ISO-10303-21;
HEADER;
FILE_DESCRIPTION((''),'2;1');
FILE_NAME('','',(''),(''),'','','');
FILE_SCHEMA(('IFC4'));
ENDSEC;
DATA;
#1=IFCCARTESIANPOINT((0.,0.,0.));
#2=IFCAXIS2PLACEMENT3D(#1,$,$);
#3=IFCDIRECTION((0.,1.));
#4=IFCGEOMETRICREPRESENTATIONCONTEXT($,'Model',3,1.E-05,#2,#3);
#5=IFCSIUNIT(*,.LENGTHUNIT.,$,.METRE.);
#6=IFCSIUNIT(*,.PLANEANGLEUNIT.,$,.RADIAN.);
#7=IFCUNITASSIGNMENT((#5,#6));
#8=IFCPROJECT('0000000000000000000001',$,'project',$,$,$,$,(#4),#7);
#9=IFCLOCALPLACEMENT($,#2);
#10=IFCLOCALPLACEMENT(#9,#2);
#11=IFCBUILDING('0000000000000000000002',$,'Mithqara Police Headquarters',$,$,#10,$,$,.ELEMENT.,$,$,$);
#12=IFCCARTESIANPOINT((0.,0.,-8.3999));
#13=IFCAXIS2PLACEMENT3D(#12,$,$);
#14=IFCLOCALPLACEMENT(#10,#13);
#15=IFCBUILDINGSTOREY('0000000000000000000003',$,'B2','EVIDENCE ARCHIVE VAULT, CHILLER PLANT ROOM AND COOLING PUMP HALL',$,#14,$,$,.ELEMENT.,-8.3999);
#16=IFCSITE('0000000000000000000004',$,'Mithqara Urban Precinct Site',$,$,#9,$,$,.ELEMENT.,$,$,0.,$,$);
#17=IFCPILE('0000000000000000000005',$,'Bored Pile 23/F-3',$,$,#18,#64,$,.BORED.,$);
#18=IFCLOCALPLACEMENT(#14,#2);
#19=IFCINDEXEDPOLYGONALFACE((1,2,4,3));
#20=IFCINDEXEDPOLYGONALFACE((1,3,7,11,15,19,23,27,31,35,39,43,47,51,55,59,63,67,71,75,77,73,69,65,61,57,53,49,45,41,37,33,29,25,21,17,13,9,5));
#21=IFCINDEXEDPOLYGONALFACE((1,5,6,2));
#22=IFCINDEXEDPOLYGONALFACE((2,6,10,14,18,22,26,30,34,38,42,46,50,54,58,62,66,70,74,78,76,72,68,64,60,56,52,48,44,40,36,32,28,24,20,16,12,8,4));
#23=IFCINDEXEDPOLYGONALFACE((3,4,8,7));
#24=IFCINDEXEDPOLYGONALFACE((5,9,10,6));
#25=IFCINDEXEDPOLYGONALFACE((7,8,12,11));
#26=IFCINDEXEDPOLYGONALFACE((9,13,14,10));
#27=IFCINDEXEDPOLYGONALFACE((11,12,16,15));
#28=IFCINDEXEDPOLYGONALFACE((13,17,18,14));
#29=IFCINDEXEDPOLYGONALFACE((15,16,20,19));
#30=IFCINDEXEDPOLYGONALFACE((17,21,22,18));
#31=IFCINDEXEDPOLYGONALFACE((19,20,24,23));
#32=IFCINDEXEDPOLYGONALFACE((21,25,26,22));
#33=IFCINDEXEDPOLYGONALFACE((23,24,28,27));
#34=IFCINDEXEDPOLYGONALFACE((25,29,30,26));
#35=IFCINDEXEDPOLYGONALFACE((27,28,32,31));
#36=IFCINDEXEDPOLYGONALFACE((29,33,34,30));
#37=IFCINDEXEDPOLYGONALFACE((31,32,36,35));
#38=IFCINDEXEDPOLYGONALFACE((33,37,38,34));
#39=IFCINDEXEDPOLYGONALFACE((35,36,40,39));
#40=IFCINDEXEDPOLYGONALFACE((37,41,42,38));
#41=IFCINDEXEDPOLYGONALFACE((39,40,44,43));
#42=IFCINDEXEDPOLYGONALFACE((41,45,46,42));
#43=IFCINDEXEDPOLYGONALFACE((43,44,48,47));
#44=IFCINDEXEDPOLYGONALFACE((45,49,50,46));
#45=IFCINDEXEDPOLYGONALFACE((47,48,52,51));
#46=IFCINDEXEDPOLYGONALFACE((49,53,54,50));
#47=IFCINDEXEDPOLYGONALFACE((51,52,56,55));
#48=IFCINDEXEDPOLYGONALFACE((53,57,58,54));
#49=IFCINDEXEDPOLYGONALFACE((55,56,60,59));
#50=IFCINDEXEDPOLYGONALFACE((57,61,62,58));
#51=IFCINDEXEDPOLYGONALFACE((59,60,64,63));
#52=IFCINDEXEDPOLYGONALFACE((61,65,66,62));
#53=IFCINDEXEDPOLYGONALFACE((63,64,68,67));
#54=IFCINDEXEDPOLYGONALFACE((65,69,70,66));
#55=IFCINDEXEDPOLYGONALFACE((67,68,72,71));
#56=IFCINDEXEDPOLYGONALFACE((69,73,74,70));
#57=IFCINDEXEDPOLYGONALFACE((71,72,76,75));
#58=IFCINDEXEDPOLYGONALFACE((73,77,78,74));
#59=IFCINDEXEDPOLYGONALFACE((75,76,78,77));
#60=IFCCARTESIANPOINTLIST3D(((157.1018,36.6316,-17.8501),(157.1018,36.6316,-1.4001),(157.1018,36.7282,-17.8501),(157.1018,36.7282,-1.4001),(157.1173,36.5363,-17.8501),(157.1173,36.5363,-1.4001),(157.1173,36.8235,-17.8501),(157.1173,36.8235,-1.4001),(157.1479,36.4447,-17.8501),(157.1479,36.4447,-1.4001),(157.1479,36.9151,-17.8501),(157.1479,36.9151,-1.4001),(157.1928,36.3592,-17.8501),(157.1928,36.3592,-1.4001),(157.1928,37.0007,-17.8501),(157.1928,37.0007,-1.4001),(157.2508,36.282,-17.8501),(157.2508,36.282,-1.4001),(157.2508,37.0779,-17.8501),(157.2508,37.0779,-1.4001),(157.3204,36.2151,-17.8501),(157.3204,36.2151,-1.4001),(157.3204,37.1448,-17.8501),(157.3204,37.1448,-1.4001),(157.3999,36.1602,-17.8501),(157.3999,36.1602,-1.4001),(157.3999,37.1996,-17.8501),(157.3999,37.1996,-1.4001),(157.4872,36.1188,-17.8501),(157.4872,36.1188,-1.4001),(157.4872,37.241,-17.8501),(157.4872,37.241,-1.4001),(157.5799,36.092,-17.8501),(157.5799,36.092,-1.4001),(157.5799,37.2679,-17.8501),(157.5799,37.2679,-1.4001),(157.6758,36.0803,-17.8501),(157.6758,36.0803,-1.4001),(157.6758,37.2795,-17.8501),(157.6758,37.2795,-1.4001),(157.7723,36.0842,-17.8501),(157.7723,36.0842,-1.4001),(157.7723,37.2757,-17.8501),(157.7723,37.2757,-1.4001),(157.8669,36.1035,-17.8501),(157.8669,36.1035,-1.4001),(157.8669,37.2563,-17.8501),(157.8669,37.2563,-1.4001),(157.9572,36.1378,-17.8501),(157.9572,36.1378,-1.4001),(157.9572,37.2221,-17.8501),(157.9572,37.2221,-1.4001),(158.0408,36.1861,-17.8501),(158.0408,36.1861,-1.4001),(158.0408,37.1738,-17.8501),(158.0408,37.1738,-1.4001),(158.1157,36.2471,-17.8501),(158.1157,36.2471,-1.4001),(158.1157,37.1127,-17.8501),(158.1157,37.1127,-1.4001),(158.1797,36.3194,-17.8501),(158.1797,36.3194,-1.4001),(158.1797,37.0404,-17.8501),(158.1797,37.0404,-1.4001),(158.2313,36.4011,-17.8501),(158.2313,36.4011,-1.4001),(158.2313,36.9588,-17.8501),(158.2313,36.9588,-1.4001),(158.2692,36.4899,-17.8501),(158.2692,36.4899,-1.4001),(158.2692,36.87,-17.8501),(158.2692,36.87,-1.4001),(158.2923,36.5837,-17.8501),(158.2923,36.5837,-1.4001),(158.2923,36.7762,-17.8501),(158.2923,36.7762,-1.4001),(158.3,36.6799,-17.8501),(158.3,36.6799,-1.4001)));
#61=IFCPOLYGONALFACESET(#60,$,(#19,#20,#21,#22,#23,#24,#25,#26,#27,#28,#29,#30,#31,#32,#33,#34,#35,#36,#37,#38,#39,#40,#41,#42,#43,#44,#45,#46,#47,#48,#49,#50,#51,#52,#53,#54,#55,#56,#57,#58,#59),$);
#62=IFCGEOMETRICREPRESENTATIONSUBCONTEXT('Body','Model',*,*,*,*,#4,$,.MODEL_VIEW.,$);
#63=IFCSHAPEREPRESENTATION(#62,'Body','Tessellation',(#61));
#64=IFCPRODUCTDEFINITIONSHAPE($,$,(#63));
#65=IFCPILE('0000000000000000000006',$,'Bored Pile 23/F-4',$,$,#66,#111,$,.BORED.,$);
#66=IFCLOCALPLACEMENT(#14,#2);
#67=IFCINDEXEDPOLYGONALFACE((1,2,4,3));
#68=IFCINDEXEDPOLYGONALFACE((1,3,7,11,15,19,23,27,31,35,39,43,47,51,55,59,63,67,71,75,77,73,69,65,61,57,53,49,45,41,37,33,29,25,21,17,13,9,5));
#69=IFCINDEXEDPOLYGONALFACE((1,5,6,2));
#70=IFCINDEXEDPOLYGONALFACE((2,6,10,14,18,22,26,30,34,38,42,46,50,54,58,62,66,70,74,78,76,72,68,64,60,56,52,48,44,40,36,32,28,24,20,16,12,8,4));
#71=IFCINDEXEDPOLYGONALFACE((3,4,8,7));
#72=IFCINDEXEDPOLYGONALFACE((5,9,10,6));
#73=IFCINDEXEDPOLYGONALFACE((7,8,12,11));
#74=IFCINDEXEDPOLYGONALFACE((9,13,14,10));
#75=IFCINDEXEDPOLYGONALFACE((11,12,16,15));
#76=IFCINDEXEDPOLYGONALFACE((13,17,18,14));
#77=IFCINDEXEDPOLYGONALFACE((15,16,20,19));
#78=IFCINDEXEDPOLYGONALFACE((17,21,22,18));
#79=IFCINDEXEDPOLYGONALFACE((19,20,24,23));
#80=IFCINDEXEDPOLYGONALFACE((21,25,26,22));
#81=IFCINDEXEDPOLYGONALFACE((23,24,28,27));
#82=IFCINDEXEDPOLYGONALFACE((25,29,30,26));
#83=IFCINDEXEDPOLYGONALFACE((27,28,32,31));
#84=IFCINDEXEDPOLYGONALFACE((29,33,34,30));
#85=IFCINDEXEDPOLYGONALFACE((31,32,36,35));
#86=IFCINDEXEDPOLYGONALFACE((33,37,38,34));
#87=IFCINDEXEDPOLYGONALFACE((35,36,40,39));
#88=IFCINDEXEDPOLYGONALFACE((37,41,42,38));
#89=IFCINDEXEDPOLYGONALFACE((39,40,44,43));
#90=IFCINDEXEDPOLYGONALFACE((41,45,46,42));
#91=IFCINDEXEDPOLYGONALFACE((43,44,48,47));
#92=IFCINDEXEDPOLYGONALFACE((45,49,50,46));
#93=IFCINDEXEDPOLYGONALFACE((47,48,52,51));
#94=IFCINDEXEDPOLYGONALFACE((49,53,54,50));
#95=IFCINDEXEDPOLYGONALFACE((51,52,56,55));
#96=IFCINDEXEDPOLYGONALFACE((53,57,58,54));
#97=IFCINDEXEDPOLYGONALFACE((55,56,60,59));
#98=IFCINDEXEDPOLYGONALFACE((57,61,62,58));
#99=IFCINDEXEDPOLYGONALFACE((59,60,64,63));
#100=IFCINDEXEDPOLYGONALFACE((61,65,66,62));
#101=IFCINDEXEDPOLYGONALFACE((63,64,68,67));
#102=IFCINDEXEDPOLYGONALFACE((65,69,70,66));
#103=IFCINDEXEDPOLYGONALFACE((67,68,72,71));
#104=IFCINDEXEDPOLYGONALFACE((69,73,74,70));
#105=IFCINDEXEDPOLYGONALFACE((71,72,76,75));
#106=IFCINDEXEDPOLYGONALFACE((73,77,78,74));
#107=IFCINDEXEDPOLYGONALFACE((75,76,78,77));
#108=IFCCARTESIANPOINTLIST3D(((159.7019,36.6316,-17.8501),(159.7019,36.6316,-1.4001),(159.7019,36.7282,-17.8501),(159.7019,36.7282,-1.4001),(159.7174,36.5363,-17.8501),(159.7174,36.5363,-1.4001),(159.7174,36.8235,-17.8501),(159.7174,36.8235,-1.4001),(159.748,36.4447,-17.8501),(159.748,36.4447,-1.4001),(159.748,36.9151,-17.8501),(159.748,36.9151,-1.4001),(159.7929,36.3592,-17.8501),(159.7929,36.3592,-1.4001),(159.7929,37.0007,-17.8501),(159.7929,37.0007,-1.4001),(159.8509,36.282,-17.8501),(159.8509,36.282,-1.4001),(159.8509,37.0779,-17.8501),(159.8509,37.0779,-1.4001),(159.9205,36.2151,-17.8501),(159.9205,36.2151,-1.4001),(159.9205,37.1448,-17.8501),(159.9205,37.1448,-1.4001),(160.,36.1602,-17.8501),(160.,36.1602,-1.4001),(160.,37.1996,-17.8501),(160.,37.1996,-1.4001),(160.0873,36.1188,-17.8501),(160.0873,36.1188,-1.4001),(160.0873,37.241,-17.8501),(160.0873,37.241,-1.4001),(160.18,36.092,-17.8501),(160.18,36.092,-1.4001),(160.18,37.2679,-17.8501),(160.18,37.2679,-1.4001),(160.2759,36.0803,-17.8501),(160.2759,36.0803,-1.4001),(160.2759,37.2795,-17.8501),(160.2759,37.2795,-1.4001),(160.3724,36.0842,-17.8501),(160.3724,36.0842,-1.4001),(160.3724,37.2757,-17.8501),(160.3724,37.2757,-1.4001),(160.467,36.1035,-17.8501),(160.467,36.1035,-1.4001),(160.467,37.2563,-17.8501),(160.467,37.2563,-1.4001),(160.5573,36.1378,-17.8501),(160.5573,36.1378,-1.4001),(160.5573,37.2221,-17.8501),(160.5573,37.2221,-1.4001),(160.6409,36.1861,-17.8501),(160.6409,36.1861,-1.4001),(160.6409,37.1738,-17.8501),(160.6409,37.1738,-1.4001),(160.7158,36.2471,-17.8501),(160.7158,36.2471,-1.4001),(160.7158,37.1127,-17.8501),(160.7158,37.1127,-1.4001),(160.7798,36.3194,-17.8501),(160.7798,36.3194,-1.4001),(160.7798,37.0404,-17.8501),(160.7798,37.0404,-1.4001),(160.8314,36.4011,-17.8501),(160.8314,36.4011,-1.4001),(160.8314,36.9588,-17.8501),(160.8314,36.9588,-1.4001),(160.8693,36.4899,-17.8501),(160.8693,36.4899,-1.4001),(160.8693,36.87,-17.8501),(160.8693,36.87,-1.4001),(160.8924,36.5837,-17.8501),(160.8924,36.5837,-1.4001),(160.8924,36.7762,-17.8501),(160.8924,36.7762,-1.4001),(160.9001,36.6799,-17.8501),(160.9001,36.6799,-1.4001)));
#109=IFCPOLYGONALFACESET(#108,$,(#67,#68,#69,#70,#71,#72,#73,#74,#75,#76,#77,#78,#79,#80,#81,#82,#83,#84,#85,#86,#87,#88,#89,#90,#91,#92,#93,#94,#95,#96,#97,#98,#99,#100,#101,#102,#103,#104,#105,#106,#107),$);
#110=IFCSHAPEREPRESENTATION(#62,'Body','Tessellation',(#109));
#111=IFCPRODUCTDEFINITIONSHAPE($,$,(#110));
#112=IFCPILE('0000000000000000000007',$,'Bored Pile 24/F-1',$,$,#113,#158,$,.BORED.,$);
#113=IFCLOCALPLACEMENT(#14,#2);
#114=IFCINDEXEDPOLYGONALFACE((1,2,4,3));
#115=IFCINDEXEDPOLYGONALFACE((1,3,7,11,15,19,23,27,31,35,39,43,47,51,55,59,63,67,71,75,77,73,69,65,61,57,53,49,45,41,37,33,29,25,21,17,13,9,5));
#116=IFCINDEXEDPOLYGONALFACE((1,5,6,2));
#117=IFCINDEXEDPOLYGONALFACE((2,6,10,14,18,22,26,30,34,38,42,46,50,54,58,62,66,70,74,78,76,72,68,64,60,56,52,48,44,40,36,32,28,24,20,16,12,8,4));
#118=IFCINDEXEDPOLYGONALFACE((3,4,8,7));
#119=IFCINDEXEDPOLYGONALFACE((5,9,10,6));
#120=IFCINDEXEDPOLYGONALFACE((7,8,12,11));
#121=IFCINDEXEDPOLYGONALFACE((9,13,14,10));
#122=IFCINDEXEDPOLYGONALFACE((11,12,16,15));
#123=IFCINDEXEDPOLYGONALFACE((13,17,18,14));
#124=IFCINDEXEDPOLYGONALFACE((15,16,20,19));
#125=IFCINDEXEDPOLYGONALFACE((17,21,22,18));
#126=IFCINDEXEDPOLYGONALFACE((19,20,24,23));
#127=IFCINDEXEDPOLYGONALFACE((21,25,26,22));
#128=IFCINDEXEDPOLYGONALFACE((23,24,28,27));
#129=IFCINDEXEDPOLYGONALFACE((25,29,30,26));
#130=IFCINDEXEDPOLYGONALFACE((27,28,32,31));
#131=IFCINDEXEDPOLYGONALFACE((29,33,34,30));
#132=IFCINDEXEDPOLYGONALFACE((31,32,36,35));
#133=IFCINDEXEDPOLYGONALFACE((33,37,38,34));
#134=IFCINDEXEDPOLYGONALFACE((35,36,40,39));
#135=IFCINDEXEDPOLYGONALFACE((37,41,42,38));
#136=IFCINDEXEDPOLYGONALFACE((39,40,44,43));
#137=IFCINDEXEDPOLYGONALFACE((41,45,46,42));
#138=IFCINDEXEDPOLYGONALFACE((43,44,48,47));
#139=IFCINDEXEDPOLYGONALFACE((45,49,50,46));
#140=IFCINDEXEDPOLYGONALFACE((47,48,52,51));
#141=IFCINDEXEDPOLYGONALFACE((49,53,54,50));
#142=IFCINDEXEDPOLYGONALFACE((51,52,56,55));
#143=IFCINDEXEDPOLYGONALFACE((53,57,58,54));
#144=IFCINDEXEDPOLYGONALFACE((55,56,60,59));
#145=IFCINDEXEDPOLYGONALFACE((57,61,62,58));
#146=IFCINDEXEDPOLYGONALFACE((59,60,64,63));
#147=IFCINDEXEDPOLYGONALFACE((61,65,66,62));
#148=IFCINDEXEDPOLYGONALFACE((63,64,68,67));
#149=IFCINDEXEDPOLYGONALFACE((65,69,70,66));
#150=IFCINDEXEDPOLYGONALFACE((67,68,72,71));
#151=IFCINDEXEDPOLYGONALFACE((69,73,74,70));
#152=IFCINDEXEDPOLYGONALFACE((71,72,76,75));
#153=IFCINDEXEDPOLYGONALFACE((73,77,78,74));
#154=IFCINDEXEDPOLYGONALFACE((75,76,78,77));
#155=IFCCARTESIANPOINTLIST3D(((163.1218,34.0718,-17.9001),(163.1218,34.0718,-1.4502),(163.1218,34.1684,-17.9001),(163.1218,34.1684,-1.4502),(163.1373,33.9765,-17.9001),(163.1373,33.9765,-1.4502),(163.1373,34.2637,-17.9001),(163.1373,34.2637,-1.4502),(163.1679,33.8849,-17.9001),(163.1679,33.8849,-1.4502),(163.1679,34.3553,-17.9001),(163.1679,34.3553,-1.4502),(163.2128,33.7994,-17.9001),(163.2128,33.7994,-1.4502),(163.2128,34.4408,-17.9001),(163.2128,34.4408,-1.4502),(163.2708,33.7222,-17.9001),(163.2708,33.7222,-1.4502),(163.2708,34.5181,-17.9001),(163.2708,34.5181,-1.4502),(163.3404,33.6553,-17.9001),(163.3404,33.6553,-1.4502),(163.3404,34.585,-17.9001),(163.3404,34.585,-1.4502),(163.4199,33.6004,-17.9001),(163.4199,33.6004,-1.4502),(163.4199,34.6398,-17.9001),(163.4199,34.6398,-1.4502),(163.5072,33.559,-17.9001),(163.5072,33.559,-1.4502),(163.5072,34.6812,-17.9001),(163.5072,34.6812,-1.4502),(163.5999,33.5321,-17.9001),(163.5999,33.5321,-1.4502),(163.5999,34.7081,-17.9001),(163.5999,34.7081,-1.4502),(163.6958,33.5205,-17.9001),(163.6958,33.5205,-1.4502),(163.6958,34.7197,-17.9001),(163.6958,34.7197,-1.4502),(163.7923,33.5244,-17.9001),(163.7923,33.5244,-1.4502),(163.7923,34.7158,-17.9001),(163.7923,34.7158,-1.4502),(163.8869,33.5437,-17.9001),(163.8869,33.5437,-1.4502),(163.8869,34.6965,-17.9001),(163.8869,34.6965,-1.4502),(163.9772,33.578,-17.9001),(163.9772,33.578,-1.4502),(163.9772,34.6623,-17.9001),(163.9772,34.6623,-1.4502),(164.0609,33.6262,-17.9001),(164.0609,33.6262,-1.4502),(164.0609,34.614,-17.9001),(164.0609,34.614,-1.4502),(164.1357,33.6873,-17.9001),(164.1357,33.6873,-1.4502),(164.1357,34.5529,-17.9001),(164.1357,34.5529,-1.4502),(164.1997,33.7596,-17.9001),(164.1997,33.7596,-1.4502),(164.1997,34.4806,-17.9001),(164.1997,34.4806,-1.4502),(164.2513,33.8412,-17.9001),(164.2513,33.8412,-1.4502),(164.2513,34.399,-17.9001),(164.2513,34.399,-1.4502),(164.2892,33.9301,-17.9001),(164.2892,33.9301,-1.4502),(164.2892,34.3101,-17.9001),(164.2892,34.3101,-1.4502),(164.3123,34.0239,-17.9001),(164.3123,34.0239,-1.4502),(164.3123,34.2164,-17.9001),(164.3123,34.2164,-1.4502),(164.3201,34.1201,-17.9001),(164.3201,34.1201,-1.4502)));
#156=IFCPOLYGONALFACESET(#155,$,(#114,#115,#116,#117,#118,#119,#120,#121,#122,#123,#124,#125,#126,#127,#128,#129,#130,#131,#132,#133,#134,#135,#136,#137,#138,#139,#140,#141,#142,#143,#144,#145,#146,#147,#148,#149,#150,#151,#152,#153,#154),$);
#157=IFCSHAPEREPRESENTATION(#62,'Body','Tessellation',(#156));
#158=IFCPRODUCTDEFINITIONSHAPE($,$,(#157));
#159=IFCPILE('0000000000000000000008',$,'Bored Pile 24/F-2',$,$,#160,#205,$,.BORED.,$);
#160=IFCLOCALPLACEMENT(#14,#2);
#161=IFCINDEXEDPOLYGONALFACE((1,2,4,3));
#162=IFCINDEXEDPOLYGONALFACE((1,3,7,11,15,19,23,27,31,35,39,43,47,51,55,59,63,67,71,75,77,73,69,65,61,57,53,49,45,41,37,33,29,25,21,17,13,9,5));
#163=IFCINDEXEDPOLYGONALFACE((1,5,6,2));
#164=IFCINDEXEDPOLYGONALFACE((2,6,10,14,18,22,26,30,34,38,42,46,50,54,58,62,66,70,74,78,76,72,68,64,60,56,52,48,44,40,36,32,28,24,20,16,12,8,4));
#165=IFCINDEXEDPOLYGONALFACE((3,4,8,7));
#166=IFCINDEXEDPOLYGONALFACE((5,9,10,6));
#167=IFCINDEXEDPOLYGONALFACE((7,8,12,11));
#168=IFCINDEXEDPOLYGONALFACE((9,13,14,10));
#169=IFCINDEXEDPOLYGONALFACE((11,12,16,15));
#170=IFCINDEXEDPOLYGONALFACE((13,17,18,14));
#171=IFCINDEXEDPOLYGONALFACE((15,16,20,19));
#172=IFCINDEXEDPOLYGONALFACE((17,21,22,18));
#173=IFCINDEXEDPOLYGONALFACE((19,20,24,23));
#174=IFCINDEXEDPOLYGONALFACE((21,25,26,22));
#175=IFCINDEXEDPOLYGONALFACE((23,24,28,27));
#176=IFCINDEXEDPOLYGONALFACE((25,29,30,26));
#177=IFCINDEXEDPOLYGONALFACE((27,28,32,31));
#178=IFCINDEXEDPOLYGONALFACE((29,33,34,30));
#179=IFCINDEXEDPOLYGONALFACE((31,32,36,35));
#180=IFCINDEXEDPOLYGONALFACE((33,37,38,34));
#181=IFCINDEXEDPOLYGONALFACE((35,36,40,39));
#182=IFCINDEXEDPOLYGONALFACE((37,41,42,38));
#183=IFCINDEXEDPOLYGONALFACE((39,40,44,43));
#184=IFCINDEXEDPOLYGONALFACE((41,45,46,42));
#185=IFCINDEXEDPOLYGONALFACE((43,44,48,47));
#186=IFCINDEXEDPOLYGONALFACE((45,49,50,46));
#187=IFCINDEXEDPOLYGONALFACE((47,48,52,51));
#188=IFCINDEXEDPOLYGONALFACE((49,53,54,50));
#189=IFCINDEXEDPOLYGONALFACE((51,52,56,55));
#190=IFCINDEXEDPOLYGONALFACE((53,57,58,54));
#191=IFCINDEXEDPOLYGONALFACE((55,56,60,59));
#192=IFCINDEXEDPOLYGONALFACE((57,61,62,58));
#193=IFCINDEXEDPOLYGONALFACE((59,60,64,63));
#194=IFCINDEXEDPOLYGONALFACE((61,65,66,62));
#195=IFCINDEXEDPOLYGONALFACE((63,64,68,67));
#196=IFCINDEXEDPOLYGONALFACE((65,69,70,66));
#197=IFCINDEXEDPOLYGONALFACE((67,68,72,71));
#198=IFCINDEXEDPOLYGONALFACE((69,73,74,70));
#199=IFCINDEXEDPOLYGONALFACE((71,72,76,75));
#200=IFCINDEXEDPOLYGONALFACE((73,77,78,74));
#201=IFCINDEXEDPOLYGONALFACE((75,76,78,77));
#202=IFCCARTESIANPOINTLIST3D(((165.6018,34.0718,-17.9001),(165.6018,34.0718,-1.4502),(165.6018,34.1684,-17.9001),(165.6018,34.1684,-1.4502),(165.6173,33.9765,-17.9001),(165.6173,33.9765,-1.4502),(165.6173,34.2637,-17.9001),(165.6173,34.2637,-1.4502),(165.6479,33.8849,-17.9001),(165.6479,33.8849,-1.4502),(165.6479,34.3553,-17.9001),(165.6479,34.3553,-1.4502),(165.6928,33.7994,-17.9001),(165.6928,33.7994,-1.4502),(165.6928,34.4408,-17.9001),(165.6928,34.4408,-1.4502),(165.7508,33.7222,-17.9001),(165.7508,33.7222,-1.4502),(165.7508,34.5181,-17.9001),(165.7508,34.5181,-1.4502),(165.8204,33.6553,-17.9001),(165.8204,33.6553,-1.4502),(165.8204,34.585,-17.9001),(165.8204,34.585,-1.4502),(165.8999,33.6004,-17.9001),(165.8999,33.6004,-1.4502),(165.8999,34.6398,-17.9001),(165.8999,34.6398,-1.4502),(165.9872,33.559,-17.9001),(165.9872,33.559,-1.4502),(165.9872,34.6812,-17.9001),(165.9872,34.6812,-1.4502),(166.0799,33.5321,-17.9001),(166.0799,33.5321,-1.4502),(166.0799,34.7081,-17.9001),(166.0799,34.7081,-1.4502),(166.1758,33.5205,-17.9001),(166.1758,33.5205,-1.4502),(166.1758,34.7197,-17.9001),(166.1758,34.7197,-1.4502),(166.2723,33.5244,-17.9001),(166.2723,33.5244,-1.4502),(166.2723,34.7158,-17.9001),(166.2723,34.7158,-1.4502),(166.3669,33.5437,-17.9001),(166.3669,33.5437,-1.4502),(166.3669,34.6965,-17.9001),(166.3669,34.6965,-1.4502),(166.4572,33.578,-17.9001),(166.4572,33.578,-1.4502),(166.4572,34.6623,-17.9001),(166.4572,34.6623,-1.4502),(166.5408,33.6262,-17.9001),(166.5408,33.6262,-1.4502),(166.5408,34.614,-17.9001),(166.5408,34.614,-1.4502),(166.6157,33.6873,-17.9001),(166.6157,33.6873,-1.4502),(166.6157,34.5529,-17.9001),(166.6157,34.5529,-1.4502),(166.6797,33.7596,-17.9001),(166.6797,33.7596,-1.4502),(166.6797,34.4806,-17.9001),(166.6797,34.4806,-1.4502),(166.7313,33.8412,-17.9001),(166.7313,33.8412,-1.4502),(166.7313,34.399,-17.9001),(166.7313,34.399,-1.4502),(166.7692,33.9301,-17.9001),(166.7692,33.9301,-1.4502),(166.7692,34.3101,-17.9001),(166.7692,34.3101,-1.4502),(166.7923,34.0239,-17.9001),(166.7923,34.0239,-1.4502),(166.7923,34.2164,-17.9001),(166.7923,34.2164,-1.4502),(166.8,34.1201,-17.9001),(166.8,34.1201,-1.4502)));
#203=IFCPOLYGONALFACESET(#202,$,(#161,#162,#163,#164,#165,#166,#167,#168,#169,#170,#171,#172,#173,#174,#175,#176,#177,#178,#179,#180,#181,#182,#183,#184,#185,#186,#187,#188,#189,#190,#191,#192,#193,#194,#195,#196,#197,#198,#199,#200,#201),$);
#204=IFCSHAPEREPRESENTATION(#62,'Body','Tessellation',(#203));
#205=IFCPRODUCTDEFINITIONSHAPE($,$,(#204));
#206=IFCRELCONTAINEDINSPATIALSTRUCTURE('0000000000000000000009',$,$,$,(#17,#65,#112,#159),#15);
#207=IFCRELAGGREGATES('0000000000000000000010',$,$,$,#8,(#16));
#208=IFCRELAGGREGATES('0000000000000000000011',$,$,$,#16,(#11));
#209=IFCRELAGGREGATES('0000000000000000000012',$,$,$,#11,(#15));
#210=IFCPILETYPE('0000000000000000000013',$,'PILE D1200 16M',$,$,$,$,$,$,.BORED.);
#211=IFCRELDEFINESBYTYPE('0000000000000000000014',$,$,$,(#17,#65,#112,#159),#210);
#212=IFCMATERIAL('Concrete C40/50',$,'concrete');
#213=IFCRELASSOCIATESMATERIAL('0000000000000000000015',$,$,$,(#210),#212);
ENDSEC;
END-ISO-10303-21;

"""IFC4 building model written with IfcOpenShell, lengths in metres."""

from ifc_helpers import new_model, si_unit, direction, frame, origin, origin_2d, place, context, subcontext, project, spatial, circle, extrude, material, material_profile, profile_set, type_object, element, save


model = new_model("IFC4")

# Units and contexts
model_context = context("Model", 3, precision=1e-05, world=origin(), true_north=direction((0.0, 1.0)))
body_context = subcontext(model_context, "Body", "Model", "MODEL_VIEW")
ifc_project = project(units=[si_unit("LENGTHUNIT", "METRE"), si_unit("PLANEANGLEUNIT", "RADIAN")], contexts=[model_context])

# Site, building, storey
site_placement = place(None, origin())
site = spatial("IfcSite", under=ifc_project, at=site_placement, Name="Mithqara Urban Precinct Site", CompositionType="ELEMENT", RefElevation=0.0)
building_placement = place(site_placement, origin())
building = spatial("IfcBuilding", under=site, at=building_placement, Name="Mithqara Police Headquarters", CompositionType="ELEMENT")
storey_placement = place(building_placement, frame((0.0, 0.0, -8.3999)))
storey = spatial("IfcBuildingStorey", under=building, at=storey_placement, Name="B2", Description="EVIDENCE ARCHIVE VAULT, CHILLER PLANT ROOM AND COOLING PUMP HALL", CompositionType="ELEMENT", Elevation=-8.3999)

# Shared definitions
ifc_material_1 = material(Name="Concrete C40/50", Category="concrete")

# Piles
ifc_material_profile_1 = material_profile(ifc_material_1, circle(Radius=0.6001, at=origin_2d()), Name="PILE D1200")
ifc_profile_set_1 = profile_set([ifc_material_profile_1], Name="Concrete C40/50")
pile_type_1 = type_object("IfcPileType", Name="PILE D1200 16M", PredefinedType="BORED", material=ifc_profile_set_1)
for number, where, z_axis, x_axis, name in (
    (1, (157.7, 36.6799, -1.4001), (0.0, 0.0, -1.0), (1.0, 0.0, 0.0), "Bored Pile 23/F-3"),
    (2, (160.3, 36.6799, -1.4001), (0.0, 0.0, -1.0), (1.0, 0.0, 0.0), "Bored Pile 23/F-4"),
    (3, (163.72, 34.1201, -1.4502), (0.0, 0.0, -1.0), (1.0, 0.0, 0.0), "Bored Pile 24/F-1"),
    (4, (166.2, 34.1201, -1.4502), (0.0, 0.0, -1.0), (1.0, 0.0, 0.0), "Bored Pile 24/F-2"),
):
    element("IfcPile", number, at=place(storey_placement, frame(where, z_axis=z_axis, x_axis=x_axis)), inside=storey, type_object=pile_type_1, Name=name, PredefinedType="BORED", context=body_context, shape_type="SweptSolid", body=[
        extrude(circle(Radius=0.6001, at=origin_2d()), origin(), (0.0, 0.0, 1.0), 16.45),
    ])

save(model, "model.ifc")
